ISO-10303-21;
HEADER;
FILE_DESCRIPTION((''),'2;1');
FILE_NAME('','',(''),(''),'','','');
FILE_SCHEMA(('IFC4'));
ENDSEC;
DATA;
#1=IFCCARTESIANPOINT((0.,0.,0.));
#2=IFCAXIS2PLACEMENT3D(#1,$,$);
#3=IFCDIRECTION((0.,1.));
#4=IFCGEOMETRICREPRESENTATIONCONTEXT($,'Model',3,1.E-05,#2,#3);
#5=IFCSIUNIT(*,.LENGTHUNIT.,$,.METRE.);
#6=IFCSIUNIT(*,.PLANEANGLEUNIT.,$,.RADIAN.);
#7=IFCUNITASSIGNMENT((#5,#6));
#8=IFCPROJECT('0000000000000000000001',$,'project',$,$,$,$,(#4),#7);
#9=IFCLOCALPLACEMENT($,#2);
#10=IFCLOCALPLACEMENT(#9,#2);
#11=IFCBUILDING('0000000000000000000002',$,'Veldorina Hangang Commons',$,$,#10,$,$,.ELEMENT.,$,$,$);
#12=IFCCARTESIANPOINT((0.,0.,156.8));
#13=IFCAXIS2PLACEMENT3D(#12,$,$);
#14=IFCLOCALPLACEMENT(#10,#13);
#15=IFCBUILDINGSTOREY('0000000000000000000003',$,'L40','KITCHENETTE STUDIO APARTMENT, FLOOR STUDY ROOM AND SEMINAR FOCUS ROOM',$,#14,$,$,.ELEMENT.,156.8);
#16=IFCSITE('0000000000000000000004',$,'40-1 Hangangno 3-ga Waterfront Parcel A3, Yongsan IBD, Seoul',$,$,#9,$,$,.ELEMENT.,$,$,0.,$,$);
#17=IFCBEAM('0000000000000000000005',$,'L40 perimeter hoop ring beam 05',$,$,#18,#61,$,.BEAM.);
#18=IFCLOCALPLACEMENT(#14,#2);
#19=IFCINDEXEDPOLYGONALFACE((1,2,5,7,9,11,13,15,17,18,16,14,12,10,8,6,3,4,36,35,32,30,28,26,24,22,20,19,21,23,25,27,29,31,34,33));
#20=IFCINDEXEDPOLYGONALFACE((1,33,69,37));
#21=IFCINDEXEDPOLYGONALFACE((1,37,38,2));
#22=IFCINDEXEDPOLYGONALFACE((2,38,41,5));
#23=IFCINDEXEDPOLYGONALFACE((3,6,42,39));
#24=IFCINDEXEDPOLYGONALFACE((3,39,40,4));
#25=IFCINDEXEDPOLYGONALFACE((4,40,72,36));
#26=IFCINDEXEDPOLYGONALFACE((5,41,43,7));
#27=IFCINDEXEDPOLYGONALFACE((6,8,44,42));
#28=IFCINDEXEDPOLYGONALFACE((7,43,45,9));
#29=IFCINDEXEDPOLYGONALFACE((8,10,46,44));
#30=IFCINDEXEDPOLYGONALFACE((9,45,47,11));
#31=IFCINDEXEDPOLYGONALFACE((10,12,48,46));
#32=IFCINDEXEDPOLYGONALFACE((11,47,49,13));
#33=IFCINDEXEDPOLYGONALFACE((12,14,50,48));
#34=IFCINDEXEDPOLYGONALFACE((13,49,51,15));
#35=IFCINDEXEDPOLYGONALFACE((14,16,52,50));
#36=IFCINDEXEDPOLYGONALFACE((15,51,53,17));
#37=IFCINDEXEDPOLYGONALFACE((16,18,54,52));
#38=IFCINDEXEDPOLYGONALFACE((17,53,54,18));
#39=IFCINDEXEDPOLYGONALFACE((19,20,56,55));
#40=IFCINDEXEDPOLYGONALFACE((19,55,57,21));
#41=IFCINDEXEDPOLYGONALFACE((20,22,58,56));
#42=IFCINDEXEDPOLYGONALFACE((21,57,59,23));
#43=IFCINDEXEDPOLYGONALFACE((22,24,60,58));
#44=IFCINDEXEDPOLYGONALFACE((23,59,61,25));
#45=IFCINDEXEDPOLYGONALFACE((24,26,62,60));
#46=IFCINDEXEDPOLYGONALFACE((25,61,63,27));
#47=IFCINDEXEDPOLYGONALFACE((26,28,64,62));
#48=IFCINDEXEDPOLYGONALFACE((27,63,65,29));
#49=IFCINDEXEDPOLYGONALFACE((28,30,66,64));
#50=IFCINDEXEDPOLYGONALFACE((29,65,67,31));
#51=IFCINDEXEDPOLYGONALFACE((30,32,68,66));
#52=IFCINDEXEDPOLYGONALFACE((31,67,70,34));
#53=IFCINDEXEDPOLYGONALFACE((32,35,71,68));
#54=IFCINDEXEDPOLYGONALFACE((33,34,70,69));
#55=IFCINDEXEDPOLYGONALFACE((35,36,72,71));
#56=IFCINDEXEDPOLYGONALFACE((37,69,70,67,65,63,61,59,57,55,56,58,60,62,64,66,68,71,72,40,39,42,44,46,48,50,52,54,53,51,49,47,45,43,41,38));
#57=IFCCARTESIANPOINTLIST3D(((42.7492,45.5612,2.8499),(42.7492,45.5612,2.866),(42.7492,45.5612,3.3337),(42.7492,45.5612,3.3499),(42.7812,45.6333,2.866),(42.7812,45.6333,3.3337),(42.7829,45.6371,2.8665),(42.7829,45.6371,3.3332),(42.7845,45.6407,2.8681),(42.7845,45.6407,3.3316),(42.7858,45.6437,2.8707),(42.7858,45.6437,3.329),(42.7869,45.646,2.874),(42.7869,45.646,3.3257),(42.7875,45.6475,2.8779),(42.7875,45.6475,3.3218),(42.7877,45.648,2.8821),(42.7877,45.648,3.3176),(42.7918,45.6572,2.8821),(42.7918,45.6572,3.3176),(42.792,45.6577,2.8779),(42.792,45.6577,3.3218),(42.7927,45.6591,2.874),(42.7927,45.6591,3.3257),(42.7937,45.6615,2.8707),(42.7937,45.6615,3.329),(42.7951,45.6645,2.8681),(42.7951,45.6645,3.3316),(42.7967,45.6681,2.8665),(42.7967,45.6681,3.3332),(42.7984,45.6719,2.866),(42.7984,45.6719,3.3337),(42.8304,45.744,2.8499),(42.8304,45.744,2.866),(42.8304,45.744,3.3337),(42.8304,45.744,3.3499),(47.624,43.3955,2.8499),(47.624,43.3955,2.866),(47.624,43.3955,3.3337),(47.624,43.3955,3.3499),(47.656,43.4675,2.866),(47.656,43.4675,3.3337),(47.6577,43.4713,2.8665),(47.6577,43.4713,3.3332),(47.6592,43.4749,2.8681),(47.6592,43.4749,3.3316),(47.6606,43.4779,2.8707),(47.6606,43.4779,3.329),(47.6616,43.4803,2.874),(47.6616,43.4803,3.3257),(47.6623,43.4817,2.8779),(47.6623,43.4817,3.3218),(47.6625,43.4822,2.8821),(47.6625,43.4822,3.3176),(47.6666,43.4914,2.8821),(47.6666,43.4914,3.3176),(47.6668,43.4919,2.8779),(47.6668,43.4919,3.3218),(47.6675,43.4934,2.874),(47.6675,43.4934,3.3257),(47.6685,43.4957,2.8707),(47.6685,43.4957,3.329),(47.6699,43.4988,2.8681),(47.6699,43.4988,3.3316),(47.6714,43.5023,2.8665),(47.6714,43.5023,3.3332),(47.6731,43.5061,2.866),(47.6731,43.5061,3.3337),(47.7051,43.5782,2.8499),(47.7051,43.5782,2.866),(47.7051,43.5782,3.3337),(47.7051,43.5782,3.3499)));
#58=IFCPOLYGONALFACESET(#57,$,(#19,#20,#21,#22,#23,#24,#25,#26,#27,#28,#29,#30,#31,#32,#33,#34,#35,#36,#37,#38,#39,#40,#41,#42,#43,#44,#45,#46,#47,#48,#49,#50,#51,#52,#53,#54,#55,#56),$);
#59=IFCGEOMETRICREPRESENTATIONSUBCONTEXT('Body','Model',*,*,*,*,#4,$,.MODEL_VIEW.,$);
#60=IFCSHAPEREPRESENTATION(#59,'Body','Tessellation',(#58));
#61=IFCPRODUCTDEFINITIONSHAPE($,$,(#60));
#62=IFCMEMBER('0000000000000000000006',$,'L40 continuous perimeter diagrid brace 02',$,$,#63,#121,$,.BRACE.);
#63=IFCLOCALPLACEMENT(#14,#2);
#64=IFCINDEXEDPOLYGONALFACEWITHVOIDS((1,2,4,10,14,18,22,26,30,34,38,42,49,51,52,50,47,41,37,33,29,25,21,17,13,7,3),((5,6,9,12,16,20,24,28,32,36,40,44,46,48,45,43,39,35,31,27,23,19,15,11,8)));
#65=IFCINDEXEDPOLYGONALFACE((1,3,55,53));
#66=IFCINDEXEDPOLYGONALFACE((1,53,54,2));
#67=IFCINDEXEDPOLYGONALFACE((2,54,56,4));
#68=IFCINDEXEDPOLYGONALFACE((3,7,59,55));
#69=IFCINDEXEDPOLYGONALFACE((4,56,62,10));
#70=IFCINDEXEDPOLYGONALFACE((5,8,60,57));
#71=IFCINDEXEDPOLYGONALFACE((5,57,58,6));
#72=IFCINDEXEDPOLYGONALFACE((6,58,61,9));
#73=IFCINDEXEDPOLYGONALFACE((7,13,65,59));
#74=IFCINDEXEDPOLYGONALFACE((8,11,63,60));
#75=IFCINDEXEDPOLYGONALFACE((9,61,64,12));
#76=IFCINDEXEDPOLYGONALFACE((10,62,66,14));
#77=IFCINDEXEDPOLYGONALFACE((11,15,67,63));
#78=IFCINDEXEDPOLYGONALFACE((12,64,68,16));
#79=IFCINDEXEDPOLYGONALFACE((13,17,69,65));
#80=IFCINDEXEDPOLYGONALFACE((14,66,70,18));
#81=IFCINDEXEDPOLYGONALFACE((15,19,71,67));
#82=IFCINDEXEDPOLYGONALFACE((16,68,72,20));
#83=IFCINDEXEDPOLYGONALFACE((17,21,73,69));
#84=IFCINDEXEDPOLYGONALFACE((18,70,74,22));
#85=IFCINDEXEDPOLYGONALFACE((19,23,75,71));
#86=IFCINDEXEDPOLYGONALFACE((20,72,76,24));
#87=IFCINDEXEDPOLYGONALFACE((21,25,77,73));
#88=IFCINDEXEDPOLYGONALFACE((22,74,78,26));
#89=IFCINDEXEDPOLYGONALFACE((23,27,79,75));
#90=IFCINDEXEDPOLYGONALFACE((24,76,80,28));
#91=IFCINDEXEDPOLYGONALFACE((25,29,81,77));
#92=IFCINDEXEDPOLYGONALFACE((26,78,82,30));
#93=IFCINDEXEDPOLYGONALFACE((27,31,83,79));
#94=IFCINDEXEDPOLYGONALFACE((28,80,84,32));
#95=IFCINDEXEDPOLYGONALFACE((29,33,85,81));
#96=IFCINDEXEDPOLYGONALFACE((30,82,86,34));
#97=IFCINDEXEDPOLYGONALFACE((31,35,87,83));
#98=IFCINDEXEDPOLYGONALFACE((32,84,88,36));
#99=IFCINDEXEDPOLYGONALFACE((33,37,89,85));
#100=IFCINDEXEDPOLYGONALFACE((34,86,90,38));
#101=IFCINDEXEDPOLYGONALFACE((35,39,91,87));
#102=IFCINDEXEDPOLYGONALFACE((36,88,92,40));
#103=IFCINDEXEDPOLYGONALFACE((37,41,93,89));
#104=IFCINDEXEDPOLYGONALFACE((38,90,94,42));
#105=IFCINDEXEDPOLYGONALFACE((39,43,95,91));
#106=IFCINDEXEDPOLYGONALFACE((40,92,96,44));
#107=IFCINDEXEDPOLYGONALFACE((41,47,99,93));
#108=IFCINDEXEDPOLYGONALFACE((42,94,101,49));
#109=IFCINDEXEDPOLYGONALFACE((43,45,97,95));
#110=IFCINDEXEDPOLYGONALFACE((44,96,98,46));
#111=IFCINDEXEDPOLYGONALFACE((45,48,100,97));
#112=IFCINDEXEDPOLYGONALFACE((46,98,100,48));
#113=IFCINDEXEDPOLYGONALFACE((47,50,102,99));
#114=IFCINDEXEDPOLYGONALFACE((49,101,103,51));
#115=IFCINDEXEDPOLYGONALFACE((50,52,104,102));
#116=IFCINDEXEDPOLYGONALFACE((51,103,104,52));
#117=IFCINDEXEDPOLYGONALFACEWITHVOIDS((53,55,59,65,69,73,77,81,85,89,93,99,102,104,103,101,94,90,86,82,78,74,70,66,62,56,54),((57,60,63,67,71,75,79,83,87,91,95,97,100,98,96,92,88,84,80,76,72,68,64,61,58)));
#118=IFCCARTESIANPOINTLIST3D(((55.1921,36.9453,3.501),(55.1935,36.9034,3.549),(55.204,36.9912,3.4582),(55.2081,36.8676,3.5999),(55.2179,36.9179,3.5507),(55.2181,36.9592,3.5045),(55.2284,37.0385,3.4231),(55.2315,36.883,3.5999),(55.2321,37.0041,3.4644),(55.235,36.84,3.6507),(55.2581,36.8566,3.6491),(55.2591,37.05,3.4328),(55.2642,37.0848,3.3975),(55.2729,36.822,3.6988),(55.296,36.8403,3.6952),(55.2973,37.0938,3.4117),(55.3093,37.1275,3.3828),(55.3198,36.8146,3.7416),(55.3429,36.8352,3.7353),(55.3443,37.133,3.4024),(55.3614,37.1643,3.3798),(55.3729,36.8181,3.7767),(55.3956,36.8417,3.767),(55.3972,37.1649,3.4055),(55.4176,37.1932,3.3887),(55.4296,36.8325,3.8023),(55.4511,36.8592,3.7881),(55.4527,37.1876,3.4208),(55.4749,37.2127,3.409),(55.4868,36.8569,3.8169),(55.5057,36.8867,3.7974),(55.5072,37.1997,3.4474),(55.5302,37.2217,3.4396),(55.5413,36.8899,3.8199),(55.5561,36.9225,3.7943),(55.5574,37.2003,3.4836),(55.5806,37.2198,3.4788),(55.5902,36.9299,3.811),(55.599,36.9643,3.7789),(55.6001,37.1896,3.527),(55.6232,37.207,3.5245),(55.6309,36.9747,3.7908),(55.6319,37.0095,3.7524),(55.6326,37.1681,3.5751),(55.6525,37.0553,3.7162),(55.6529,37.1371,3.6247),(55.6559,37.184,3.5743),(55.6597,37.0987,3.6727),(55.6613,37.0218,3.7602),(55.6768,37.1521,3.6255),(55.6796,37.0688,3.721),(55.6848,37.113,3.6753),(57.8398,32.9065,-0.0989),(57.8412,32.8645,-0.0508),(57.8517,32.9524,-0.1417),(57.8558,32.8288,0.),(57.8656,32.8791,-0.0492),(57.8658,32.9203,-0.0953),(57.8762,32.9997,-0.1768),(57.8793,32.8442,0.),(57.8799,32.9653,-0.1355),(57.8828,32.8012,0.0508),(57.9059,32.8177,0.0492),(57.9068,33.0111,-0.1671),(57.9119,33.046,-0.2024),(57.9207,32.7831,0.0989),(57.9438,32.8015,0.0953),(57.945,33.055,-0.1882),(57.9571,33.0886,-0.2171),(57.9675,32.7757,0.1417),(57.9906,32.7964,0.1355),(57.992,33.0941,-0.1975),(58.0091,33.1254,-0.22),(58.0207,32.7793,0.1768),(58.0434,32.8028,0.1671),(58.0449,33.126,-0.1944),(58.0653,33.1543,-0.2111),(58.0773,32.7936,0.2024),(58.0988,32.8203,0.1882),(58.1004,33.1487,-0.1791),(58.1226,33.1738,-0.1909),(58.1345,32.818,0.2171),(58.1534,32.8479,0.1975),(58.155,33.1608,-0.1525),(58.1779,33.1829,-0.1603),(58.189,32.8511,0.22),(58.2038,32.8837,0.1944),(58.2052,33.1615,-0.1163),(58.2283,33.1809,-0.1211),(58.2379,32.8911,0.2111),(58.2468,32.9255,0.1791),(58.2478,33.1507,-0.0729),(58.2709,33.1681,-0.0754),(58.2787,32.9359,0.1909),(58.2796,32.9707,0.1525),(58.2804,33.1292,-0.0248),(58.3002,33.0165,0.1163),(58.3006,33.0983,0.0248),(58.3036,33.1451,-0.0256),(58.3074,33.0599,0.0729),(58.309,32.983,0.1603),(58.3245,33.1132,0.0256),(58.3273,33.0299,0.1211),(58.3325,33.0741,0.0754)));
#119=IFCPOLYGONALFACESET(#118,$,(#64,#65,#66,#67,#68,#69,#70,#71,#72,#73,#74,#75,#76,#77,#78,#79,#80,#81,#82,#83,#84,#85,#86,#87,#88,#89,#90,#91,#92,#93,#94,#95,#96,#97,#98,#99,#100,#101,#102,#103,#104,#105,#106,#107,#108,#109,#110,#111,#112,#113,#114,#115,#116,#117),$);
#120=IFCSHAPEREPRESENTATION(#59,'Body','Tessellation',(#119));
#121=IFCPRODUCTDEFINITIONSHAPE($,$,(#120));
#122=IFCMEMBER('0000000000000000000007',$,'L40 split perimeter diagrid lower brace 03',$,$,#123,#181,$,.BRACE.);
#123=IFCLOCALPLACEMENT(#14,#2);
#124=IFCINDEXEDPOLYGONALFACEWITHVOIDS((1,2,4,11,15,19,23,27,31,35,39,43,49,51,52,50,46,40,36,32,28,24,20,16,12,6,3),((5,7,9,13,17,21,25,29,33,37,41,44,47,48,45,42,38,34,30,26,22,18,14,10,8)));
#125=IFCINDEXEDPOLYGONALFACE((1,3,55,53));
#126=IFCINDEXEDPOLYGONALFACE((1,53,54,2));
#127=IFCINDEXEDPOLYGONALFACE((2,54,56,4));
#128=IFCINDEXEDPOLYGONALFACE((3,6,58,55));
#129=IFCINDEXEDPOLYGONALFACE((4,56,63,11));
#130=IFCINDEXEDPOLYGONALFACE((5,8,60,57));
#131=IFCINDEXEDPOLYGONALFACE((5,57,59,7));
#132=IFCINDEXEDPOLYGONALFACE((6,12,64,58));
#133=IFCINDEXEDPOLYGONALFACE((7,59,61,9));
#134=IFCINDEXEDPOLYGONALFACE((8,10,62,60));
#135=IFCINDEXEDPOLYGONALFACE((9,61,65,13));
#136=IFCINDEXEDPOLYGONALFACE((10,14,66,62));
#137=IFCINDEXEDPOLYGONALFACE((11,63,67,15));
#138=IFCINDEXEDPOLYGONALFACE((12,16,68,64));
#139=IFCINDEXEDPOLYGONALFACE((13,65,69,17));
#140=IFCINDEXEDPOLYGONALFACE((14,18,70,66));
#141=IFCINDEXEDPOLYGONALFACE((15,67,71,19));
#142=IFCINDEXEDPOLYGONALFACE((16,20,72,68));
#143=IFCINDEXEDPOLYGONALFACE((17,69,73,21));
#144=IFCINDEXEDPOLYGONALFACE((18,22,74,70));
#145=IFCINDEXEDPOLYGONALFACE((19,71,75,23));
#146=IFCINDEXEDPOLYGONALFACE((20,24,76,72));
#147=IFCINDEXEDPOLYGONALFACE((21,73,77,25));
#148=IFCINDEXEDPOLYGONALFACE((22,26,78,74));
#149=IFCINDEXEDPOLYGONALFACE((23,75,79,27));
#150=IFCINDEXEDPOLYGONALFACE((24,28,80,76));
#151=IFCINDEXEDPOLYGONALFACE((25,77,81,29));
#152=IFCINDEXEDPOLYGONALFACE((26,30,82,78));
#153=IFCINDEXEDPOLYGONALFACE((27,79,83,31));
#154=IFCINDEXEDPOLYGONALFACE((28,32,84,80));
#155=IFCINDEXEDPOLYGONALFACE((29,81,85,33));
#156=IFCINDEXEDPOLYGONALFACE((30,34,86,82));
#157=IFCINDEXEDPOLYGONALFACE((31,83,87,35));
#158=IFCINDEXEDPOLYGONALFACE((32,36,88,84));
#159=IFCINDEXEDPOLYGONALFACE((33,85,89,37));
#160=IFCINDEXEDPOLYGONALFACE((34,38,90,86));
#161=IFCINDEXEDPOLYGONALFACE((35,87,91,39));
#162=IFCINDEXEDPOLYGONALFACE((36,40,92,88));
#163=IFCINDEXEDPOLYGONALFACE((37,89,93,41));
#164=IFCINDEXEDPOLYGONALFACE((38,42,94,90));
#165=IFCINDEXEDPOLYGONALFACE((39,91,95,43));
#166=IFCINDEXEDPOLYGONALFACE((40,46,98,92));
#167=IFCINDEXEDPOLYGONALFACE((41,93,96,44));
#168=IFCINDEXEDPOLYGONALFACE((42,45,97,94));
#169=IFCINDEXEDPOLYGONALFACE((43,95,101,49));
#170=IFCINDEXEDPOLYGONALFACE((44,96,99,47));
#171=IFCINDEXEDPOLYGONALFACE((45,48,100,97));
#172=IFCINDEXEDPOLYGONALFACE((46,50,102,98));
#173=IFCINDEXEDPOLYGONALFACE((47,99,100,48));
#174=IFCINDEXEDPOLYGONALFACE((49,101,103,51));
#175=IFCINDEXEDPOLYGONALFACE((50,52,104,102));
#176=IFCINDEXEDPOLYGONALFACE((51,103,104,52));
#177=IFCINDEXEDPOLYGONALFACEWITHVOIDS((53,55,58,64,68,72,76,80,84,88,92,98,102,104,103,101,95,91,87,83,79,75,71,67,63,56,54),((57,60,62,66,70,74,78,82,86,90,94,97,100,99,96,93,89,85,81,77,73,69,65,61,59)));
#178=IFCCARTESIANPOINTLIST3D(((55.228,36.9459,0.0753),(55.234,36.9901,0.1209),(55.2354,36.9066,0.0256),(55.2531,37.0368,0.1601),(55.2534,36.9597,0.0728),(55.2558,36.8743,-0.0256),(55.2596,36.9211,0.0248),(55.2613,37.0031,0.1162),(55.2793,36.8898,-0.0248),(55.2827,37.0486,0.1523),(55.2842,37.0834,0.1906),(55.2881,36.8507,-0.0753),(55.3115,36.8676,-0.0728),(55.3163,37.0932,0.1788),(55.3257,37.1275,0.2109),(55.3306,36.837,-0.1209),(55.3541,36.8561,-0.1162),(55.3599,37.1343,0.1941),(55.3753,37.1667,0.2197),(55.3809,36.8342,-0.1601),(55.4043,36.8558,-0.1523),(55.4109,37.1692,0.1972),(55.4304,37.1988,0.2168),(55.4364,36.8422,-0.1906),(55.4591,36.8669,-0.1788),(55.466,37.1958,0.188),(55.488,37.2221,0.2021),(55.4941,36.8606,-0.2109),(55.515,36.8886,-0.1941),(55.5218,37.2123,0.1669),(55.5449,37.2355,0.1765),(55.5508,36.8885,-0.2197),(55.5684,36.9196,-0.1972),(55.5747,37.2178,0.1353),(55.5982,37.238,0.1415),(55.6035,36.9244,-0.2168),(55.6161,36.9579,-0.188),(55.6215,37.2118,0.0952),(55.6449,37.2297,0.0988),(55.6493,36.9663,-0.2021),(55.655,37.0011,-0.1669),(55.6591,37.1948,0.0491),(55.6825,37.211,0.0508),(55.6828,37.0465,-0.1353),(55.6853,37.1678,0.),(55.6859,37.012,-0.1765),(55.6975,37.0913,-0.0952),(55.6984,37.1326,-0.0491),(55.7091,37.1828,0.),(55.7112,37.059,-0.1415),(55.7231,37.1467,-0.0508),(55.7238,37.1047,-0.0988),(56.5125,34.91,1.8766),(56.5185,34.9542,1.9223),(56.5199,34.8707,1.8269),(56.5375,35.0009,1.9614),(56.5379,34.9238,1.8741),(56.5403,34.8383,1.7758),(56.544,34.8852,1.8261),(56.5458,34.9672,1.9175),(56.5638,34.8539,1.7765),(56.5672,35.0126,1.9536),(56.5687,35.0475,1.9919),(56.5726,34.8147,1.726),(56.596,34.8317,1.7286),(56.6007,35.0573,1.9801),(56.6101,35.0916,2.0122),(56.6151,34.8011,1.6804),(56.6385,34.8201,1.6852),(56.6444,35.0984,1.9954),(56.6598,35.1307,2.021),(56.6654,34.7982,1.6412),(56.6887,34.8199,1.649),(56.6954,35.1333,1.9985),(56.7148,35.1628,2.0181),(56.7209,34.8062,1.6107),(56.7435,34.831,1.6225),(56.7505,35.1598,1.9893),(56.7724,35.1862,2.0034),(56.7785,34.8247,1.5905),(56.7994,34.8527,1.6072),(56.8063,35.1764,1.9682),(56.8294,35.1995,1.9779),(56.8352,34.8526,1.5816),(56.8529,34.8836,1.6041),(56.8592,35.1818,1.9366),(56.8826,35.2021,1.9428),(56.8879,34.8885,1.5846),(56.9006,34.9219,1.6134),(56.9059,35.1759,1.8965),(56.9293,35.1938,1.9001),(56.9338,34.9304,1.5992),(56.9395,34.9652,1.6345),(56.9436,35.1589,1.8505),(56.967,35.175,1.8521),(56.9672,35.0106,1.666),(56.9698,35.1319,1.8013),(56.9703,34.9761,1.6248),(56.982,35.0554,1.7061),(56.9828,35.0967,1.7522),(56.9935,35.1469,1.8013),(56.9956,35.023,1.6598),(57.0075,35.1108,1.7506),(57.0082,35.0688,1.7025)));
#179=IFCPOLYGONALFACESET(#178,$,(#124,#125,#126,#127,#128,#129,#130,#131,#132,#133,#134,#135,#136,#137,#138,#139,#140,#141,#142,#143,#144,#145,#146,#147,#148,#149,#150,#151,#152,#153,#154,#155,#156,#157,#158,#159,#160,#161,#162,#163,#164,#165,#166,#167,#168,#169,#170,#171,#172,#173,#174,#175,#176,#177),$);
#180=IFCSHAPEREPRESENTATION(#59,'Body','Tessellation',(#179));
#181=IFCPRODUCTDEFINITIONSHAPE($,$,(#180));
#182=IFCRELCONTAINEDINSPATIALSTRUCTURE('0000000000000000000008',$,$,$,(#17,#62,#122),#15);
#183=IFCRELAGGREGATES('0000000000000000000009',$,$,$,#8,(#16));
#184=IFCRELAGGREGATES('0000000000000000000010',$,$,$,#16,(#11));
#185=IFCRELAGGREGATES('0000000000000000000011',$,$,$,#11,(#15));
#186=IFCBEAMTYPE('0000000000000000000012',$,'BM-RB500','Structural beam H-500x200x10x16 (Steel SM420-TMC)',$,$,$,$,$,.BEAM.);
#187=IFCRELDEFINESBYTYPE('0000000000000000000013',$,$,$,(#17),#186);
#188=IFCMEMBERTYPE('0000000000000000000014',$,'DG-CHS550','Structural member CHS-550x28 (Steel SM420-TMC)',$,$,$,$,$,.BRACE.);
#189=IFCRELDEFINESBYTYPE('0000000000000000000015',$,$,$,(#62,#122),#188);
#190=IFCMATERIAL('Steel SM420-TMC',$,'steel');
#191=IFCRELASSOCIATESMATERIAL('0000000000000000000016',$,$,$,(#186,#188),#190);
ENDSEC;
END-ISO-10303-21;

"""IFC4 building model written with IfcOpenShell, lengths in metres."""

from ifc_helpers import new_model, si_unit, direction, frame, origin, origin_2d, place, context, subcontext, project, spatial, hollow_circle, i_section, extrude, material, material_profile, profile_set, type_object, element, save


model = new_model("IFC4")

# Units and contexts
model_context = context("Model", 3, precision=1e-05, world=origin(), true_north=direction((0.0, 1.0)))
body_context = subcontext(model_context, "Body", "Model", "MODEL_VIEW")
ifc_project = project(units=[si_unit("LENGTHUNIT", "METRE"), si_unit("PLANEANGLEUNIT", "RADIAN")], contexts=[model_context])

# Site, building, storey
site_placement = place(None, origin())
site = spatial("IfcSite", under=ifc_project, at=site_placement, Name="40-1 Hangangno 3-ga Waterfront Parcel A3, Yongsan IBD, Seoul", CompositionType="ELEMENT", RefElevation=0.0)
building_placement = place(site_placement, origin())
building = spatial("IfcBuilding", under=site, at=building_placement, Name="Veldorina Hangang Commons", CompositionType="ELEMENT")
storey_placement = place(building_placement, frame((0.0, 0.0, 156.8)))
storey = spatial("IfcBuildingStorey", under=building, at=storey_placement, Name="L40", Description="KITCHENETTE STUDIO APARTMENT, FLOOR STUDY ROOM AND SEMINAR FOCUS ROOM", CompositionType="ELEMENT", Elevation=156.8)

# Beam
ifc_material_1 = material(Name="Steel SM420-TMC", Category="steel")
ifc_material_profile_1 = material_profile(ifc_material_1, i_section(OverallWidth=0.2, OverallDepth=0.5, WebThickness=0.01, FlangeThickness=0.0161, FilletRadius=0.0161, at=origin_2d()), Name="H-500x200x10x16")
ifc_profile_set_1 = profile_set([ifc_material_profile_1], Name="Steel SM420-TMC")
beam_type_1 = type_object("IfcBeamType", Name="BM-RB500", Description="Structural beam H-500x200x10x16 (Steel SM420-TMC)", PredefinedType="BEAM", material=ifc_profile_set_1)
beam_1_placement = place(storey_placement, frame((47.6646, 43.4868, 3.0999), z_axis=(-0.913866, 0.406015, 0.0), x_axis=(-0.406015, -0.913866, 0.0)))
element("IfcBeam", 1, at=beam_1_placement, inside=storey, type_object=beam_type_1, Name="L40 perimeter hoop ring beam 05", PredefinedType="BEAM", context=body_context, shape_type="SweptSolid", body=[
    extrude(i_section(OverallWidth=0.2, OverallDepth=0.5, WebThickness=0.01, FlangeThickness=0.0161, FilletRadius=0.0161, at=origin_2d()), origin(), (0.0, 0.0, 1.0), 5.3342),
])

# Members
ifc_material_profile_2 = material_profile(ifc_material_1, hollow_circle(Radius=0.2749, WallThickness=0.0281, at=origin_2d()), Name="CHS-550x28")
ifc_profile_set_2 = profile_set([ifc_material_profile_2], Name="Steel SM420-TMC")
member_type = type_object("IfcMemberType", Name="DG-CHS550", Description="Structural member CHS-550x28 (Steel SM420-TMC)", PredefinedType="BRACE", material=ifc_profile_set_2)
member_1_placement = place(storey_placement, frame((58.0857, 32.9795, 0.0), z_axis=(-0.43957, 0.670521, 0.597645), x_axis=(-0.836311, -0.548256, 0.0)))
element("IfcMember", 2, at=member_1_placement, inside=storey, type_object=member_type, Name="L40 continuous perimeter diagrid brace 02", PredefinedType="BRACE", context=body_context, shape_type="SweptSolid", body=[
    extrude(hollow_circle(Radius=0.2749, WallThickness=0.0281, at=origin_2d()), origin(), (0.0, 0.0, 1.0), 6.0234),
])
member_2_placement = place(storey_placement, frame((55.4766, 37.0361, 0.0), z_axis=(0.427213, -0.677158, 0.599121), x_axis=(0.845751, 0.533577, 0.0)))
element("IfcMember", 3, at=member_2_placement, inside=storey, type_object=member_type, Name="L40 split perimeter diagrid lower brace 03", PredefinedType="BRACE", context=body_context, shape_type="SweptSolid", body=[
    extrude(hollow_circle(Radius=0.2749, WallThickness=0.0281, at=origin_2d()), origin(), (0.0, 0.0, 1.0), 3.0066),
])

save(model, "model.ifc")
